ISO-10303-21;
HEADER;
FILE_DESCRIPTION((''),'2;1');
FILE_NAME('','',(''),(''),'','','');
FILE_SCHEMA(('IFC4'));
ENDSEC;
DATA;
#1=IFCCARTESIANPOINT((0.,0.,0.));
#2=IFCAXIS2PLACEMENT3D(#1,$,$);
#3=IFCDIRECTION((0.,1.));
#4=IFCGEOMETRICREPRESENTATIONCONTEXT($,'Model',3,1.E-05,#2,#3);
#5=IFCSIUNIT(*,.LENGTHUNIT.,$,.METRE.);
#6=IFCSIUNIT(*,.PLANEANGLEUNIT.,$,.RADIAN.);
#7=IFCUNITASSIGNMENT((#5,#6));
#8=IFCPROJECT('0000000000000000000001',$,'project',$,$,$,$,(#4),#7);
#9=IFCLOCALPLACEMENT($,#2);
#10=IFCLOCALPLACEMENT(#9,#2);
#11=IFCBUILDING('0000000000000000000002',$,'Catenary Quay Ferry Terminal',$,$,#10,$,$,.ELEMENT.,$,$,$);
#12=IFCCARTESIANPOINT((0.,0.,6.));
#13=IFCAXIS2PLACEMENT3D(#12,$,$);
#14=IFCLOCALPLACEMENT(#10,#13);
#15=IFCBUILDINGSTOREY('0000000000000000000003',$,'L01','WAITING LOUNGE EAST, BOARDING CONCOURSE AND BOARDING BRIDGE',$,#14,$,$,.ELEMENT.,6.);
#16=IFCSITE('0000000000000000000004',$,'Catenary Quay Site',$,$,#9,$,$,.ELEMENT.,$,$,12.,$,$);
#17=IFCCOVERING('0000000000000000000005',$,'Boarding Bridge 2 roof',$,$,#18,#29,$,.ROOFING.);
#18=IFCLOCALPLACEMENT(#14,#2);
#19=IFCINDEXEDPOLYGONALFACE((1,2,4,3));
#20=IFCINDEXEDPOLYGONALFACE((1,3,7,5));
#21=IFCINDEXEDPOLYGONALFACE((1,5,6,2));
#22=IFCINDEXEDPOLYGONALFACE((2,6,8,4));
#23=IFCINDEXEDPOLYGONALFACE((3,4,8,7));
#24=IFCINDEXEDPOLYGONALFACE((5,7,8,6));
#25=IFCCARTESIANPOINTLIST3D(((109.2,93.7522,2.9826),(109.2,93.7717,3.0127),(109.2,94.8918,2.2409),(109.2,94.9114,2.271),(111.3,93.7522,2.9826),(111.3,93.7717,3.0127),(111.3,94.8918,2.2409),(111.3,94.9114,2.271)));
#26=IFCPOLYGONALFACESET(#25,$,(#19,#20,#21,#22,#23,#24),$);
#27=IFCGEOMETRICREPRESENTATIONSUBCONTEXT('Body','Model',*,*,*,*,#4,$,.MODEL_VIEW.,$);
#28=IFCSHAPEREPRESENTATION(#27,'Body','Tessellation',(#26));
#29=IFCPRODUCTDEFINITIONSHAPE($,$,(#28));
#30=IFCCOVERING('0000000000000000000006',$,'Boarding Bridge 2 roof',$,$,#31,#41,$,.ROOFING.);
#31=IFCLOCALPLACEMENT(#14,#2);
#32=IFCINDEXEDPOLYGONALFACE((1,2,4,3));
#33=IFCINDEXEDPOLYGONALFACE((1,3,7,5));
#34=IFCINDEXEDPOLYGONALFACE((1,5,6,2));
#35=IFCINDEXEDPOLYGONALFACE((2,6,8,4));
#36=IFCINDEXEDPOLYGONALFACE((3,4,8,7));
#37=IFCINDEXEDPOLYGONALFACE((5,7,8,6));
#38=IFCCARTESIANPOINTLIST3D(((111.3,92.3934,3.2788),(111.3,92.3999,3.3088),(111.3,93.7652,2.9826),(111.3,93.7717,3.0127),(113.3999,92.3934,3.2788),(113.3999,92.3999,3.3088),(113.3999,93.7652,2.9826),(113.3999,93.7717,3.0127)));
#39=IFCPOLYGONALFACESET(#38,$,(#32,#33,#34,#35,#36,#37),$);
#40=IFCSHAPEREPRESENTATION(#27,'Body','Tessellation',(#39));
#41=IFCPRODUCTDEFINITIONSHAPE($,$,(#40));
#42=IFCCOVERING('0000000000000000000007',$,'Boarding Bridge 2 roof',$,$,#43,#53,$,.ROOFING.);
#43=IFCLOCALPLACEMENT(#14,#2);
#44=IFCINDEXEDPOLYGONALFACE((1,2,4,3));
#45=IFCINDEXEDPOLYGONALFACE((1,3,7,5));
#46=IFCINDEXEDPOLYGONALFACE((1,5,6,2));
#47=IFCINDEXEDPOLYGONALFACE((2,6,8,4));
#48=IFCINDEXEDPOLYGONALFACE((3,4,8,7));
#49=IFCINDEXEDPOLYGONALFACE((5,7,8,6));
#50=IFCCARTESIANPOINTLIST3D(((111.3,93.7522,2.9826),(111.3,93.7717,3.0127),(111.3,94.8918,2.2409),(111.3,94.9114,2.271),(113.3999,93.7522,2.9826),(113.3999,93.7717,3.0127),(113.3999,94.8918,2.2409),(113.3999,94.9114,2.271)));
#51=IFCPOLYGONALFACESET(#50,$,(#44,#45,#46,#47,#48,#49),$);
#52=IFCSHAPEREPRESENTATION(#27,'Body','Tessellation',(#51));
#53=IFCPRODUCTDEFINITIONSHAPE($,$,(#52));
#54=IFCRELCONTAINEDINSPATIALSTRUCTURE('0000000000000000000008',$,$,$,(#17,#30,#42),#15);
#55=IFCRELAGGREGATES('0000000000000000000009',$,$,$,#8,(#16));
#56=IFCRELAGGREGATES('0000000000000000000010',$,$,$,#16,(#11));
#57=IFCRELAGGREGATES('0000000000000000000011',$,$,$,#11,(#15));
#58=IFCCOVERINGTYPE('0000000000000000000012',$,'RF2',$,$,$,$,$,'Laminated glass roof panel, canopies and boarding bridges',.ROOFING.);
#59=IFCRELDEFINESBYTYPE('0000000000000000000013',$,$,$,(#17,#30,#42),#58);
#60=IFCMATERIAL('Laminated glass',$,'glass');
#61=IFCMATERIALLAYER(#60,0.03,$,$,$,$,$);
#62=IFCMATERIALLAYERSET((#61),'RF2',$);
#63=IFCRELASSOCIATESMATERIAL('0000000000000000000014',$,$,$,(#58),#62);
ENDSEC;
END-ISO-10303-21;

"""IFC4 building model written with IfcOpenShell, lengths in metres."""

from ifc_helpers import new_model, si_unit, direction, frame, origin, place, context, subcontext, project, spatial, polyline, outline, extrude, material, layer, layer_set, type_object, element, save


model = new_model("IFC4")

# Units and contexts
model_context = context("Model", 3, precision=1e-05, world=origin(), true_north=direction((0.0, 1.0)))
body_context = subcontext(model_context, "Body", "Model", "MODEL_VIEW")
ifc_project = project(units=[si_unit("LENGTHUNIT", "METRE"), si_unit("PLANEANGLEUNIT", "RADIAN")], contexts=[model_context])

# Site, building, storey
site_placement = place(None, origin())
site = spatial("IfcSite", under=ifc_project, at=site_placement, Name="Catenary Quay Site", CompositionType="ELEMENT", RefElevation=12.0)
building_placement = place(site_placement, origin())
building = spatial("IfcBuilding", under=site, at=building_placement, Name="Catenary Quay Ferry Terminal", CompositionType="ELEMENT")
storey_placement = place(building_placement, frame((0.0, 0.0, 6.0)))
storey = spatial("IfcBuildingStorey", under=building, at=storey_placement, Name="L01", Description="WAITING LOUNGE EAST, BOARDING CONCOURSE AND BOARDING BRIDGE", CompositionType="ELEMENT", Elevation=6.0)

# Coverings
ifc_material_1 = material(Name="Laminated glass", Category="glass")
ifc_layer_1 = layer(ifc_material_1, 0.03)
ifc_layer_set_1 = layer_set([ifc_layer_1], Name="RF2")
covering_type = type_object("IfcCoveringType", Name="RF2", ElementType="Laminated glass roof panel, canopies and boarding bridges", PredefinedType="ROOFING", material=ifc_layer_set_1)
covering_1_placement = place(storey_placement, frame((109.2, 93.7717, 3.0127), z_axis=(0.0, 0.545468, 0.838132), x_axis=(1.0, 0.0, 0.0)))
element("IfcCovering", 1, at=covering_1_placement, inside=storey, type_object=covering_type, Name="Boarding Bridge 2 roof", PredefinedType="ROOFING", context=body_context, shape_type="SweptSolid", body=[
    extrude(outline(polyline([(0.0, 0.0), (2.1001, 0.0), (2.1001, 1.3597), (0.0, 1.3597), (0.0, 0.0)])), origin(), (0.0, 0.0, -1.0), 0.0359),
])
covering_2_placement = place(storey_placement, frame((111.3, 92.3999, 3.3088), z_axis=(0.0, 0.211014, 0.977483), x_axis=(1.0, 0.0, 0.0)))
element("IfcCovering", 2, at=covering_2_placement, inside=storey, type_object=covering_type, Name="Boarding Bridge 2 roof", PredefinedType="ROOFING", context=body_context, shape_type="SweptSolid", body=[
    extrude(outline(polyline([(0.0, 0.0), (2.0999, 0.0), (2.0999, 1.4034), (0.0, 1.4034), (0.0, 0.0)])), origin(), (0.0, 0.0, -1.0), 0.0308),
])
covering_3_placement = place(storey_placement, frame((111.3, 93.7717, 3.0127), z_axis=(0.0, 0.545468, 0.838132), x_axis=(1.0, 0.0, 0.0)))
element("IfcCovering", 3, at=covering_3_placement, inside=storey, type_object=covering_type, Name="Boarding Bridge 2 roof", PredefinedType="ROOFING", context=body_context, shape_type="SweptSolid", body=[
    extrude(outline(polyline([(0.0, 0.0), (2.0999, 0.0), (2.0999, 1.3597), (0.0, 1.3597), (0.0, 0.0)])), origin(), (0.0, 0.0, -1.0), 0.0359),
])

save(model, "model.ifc")
